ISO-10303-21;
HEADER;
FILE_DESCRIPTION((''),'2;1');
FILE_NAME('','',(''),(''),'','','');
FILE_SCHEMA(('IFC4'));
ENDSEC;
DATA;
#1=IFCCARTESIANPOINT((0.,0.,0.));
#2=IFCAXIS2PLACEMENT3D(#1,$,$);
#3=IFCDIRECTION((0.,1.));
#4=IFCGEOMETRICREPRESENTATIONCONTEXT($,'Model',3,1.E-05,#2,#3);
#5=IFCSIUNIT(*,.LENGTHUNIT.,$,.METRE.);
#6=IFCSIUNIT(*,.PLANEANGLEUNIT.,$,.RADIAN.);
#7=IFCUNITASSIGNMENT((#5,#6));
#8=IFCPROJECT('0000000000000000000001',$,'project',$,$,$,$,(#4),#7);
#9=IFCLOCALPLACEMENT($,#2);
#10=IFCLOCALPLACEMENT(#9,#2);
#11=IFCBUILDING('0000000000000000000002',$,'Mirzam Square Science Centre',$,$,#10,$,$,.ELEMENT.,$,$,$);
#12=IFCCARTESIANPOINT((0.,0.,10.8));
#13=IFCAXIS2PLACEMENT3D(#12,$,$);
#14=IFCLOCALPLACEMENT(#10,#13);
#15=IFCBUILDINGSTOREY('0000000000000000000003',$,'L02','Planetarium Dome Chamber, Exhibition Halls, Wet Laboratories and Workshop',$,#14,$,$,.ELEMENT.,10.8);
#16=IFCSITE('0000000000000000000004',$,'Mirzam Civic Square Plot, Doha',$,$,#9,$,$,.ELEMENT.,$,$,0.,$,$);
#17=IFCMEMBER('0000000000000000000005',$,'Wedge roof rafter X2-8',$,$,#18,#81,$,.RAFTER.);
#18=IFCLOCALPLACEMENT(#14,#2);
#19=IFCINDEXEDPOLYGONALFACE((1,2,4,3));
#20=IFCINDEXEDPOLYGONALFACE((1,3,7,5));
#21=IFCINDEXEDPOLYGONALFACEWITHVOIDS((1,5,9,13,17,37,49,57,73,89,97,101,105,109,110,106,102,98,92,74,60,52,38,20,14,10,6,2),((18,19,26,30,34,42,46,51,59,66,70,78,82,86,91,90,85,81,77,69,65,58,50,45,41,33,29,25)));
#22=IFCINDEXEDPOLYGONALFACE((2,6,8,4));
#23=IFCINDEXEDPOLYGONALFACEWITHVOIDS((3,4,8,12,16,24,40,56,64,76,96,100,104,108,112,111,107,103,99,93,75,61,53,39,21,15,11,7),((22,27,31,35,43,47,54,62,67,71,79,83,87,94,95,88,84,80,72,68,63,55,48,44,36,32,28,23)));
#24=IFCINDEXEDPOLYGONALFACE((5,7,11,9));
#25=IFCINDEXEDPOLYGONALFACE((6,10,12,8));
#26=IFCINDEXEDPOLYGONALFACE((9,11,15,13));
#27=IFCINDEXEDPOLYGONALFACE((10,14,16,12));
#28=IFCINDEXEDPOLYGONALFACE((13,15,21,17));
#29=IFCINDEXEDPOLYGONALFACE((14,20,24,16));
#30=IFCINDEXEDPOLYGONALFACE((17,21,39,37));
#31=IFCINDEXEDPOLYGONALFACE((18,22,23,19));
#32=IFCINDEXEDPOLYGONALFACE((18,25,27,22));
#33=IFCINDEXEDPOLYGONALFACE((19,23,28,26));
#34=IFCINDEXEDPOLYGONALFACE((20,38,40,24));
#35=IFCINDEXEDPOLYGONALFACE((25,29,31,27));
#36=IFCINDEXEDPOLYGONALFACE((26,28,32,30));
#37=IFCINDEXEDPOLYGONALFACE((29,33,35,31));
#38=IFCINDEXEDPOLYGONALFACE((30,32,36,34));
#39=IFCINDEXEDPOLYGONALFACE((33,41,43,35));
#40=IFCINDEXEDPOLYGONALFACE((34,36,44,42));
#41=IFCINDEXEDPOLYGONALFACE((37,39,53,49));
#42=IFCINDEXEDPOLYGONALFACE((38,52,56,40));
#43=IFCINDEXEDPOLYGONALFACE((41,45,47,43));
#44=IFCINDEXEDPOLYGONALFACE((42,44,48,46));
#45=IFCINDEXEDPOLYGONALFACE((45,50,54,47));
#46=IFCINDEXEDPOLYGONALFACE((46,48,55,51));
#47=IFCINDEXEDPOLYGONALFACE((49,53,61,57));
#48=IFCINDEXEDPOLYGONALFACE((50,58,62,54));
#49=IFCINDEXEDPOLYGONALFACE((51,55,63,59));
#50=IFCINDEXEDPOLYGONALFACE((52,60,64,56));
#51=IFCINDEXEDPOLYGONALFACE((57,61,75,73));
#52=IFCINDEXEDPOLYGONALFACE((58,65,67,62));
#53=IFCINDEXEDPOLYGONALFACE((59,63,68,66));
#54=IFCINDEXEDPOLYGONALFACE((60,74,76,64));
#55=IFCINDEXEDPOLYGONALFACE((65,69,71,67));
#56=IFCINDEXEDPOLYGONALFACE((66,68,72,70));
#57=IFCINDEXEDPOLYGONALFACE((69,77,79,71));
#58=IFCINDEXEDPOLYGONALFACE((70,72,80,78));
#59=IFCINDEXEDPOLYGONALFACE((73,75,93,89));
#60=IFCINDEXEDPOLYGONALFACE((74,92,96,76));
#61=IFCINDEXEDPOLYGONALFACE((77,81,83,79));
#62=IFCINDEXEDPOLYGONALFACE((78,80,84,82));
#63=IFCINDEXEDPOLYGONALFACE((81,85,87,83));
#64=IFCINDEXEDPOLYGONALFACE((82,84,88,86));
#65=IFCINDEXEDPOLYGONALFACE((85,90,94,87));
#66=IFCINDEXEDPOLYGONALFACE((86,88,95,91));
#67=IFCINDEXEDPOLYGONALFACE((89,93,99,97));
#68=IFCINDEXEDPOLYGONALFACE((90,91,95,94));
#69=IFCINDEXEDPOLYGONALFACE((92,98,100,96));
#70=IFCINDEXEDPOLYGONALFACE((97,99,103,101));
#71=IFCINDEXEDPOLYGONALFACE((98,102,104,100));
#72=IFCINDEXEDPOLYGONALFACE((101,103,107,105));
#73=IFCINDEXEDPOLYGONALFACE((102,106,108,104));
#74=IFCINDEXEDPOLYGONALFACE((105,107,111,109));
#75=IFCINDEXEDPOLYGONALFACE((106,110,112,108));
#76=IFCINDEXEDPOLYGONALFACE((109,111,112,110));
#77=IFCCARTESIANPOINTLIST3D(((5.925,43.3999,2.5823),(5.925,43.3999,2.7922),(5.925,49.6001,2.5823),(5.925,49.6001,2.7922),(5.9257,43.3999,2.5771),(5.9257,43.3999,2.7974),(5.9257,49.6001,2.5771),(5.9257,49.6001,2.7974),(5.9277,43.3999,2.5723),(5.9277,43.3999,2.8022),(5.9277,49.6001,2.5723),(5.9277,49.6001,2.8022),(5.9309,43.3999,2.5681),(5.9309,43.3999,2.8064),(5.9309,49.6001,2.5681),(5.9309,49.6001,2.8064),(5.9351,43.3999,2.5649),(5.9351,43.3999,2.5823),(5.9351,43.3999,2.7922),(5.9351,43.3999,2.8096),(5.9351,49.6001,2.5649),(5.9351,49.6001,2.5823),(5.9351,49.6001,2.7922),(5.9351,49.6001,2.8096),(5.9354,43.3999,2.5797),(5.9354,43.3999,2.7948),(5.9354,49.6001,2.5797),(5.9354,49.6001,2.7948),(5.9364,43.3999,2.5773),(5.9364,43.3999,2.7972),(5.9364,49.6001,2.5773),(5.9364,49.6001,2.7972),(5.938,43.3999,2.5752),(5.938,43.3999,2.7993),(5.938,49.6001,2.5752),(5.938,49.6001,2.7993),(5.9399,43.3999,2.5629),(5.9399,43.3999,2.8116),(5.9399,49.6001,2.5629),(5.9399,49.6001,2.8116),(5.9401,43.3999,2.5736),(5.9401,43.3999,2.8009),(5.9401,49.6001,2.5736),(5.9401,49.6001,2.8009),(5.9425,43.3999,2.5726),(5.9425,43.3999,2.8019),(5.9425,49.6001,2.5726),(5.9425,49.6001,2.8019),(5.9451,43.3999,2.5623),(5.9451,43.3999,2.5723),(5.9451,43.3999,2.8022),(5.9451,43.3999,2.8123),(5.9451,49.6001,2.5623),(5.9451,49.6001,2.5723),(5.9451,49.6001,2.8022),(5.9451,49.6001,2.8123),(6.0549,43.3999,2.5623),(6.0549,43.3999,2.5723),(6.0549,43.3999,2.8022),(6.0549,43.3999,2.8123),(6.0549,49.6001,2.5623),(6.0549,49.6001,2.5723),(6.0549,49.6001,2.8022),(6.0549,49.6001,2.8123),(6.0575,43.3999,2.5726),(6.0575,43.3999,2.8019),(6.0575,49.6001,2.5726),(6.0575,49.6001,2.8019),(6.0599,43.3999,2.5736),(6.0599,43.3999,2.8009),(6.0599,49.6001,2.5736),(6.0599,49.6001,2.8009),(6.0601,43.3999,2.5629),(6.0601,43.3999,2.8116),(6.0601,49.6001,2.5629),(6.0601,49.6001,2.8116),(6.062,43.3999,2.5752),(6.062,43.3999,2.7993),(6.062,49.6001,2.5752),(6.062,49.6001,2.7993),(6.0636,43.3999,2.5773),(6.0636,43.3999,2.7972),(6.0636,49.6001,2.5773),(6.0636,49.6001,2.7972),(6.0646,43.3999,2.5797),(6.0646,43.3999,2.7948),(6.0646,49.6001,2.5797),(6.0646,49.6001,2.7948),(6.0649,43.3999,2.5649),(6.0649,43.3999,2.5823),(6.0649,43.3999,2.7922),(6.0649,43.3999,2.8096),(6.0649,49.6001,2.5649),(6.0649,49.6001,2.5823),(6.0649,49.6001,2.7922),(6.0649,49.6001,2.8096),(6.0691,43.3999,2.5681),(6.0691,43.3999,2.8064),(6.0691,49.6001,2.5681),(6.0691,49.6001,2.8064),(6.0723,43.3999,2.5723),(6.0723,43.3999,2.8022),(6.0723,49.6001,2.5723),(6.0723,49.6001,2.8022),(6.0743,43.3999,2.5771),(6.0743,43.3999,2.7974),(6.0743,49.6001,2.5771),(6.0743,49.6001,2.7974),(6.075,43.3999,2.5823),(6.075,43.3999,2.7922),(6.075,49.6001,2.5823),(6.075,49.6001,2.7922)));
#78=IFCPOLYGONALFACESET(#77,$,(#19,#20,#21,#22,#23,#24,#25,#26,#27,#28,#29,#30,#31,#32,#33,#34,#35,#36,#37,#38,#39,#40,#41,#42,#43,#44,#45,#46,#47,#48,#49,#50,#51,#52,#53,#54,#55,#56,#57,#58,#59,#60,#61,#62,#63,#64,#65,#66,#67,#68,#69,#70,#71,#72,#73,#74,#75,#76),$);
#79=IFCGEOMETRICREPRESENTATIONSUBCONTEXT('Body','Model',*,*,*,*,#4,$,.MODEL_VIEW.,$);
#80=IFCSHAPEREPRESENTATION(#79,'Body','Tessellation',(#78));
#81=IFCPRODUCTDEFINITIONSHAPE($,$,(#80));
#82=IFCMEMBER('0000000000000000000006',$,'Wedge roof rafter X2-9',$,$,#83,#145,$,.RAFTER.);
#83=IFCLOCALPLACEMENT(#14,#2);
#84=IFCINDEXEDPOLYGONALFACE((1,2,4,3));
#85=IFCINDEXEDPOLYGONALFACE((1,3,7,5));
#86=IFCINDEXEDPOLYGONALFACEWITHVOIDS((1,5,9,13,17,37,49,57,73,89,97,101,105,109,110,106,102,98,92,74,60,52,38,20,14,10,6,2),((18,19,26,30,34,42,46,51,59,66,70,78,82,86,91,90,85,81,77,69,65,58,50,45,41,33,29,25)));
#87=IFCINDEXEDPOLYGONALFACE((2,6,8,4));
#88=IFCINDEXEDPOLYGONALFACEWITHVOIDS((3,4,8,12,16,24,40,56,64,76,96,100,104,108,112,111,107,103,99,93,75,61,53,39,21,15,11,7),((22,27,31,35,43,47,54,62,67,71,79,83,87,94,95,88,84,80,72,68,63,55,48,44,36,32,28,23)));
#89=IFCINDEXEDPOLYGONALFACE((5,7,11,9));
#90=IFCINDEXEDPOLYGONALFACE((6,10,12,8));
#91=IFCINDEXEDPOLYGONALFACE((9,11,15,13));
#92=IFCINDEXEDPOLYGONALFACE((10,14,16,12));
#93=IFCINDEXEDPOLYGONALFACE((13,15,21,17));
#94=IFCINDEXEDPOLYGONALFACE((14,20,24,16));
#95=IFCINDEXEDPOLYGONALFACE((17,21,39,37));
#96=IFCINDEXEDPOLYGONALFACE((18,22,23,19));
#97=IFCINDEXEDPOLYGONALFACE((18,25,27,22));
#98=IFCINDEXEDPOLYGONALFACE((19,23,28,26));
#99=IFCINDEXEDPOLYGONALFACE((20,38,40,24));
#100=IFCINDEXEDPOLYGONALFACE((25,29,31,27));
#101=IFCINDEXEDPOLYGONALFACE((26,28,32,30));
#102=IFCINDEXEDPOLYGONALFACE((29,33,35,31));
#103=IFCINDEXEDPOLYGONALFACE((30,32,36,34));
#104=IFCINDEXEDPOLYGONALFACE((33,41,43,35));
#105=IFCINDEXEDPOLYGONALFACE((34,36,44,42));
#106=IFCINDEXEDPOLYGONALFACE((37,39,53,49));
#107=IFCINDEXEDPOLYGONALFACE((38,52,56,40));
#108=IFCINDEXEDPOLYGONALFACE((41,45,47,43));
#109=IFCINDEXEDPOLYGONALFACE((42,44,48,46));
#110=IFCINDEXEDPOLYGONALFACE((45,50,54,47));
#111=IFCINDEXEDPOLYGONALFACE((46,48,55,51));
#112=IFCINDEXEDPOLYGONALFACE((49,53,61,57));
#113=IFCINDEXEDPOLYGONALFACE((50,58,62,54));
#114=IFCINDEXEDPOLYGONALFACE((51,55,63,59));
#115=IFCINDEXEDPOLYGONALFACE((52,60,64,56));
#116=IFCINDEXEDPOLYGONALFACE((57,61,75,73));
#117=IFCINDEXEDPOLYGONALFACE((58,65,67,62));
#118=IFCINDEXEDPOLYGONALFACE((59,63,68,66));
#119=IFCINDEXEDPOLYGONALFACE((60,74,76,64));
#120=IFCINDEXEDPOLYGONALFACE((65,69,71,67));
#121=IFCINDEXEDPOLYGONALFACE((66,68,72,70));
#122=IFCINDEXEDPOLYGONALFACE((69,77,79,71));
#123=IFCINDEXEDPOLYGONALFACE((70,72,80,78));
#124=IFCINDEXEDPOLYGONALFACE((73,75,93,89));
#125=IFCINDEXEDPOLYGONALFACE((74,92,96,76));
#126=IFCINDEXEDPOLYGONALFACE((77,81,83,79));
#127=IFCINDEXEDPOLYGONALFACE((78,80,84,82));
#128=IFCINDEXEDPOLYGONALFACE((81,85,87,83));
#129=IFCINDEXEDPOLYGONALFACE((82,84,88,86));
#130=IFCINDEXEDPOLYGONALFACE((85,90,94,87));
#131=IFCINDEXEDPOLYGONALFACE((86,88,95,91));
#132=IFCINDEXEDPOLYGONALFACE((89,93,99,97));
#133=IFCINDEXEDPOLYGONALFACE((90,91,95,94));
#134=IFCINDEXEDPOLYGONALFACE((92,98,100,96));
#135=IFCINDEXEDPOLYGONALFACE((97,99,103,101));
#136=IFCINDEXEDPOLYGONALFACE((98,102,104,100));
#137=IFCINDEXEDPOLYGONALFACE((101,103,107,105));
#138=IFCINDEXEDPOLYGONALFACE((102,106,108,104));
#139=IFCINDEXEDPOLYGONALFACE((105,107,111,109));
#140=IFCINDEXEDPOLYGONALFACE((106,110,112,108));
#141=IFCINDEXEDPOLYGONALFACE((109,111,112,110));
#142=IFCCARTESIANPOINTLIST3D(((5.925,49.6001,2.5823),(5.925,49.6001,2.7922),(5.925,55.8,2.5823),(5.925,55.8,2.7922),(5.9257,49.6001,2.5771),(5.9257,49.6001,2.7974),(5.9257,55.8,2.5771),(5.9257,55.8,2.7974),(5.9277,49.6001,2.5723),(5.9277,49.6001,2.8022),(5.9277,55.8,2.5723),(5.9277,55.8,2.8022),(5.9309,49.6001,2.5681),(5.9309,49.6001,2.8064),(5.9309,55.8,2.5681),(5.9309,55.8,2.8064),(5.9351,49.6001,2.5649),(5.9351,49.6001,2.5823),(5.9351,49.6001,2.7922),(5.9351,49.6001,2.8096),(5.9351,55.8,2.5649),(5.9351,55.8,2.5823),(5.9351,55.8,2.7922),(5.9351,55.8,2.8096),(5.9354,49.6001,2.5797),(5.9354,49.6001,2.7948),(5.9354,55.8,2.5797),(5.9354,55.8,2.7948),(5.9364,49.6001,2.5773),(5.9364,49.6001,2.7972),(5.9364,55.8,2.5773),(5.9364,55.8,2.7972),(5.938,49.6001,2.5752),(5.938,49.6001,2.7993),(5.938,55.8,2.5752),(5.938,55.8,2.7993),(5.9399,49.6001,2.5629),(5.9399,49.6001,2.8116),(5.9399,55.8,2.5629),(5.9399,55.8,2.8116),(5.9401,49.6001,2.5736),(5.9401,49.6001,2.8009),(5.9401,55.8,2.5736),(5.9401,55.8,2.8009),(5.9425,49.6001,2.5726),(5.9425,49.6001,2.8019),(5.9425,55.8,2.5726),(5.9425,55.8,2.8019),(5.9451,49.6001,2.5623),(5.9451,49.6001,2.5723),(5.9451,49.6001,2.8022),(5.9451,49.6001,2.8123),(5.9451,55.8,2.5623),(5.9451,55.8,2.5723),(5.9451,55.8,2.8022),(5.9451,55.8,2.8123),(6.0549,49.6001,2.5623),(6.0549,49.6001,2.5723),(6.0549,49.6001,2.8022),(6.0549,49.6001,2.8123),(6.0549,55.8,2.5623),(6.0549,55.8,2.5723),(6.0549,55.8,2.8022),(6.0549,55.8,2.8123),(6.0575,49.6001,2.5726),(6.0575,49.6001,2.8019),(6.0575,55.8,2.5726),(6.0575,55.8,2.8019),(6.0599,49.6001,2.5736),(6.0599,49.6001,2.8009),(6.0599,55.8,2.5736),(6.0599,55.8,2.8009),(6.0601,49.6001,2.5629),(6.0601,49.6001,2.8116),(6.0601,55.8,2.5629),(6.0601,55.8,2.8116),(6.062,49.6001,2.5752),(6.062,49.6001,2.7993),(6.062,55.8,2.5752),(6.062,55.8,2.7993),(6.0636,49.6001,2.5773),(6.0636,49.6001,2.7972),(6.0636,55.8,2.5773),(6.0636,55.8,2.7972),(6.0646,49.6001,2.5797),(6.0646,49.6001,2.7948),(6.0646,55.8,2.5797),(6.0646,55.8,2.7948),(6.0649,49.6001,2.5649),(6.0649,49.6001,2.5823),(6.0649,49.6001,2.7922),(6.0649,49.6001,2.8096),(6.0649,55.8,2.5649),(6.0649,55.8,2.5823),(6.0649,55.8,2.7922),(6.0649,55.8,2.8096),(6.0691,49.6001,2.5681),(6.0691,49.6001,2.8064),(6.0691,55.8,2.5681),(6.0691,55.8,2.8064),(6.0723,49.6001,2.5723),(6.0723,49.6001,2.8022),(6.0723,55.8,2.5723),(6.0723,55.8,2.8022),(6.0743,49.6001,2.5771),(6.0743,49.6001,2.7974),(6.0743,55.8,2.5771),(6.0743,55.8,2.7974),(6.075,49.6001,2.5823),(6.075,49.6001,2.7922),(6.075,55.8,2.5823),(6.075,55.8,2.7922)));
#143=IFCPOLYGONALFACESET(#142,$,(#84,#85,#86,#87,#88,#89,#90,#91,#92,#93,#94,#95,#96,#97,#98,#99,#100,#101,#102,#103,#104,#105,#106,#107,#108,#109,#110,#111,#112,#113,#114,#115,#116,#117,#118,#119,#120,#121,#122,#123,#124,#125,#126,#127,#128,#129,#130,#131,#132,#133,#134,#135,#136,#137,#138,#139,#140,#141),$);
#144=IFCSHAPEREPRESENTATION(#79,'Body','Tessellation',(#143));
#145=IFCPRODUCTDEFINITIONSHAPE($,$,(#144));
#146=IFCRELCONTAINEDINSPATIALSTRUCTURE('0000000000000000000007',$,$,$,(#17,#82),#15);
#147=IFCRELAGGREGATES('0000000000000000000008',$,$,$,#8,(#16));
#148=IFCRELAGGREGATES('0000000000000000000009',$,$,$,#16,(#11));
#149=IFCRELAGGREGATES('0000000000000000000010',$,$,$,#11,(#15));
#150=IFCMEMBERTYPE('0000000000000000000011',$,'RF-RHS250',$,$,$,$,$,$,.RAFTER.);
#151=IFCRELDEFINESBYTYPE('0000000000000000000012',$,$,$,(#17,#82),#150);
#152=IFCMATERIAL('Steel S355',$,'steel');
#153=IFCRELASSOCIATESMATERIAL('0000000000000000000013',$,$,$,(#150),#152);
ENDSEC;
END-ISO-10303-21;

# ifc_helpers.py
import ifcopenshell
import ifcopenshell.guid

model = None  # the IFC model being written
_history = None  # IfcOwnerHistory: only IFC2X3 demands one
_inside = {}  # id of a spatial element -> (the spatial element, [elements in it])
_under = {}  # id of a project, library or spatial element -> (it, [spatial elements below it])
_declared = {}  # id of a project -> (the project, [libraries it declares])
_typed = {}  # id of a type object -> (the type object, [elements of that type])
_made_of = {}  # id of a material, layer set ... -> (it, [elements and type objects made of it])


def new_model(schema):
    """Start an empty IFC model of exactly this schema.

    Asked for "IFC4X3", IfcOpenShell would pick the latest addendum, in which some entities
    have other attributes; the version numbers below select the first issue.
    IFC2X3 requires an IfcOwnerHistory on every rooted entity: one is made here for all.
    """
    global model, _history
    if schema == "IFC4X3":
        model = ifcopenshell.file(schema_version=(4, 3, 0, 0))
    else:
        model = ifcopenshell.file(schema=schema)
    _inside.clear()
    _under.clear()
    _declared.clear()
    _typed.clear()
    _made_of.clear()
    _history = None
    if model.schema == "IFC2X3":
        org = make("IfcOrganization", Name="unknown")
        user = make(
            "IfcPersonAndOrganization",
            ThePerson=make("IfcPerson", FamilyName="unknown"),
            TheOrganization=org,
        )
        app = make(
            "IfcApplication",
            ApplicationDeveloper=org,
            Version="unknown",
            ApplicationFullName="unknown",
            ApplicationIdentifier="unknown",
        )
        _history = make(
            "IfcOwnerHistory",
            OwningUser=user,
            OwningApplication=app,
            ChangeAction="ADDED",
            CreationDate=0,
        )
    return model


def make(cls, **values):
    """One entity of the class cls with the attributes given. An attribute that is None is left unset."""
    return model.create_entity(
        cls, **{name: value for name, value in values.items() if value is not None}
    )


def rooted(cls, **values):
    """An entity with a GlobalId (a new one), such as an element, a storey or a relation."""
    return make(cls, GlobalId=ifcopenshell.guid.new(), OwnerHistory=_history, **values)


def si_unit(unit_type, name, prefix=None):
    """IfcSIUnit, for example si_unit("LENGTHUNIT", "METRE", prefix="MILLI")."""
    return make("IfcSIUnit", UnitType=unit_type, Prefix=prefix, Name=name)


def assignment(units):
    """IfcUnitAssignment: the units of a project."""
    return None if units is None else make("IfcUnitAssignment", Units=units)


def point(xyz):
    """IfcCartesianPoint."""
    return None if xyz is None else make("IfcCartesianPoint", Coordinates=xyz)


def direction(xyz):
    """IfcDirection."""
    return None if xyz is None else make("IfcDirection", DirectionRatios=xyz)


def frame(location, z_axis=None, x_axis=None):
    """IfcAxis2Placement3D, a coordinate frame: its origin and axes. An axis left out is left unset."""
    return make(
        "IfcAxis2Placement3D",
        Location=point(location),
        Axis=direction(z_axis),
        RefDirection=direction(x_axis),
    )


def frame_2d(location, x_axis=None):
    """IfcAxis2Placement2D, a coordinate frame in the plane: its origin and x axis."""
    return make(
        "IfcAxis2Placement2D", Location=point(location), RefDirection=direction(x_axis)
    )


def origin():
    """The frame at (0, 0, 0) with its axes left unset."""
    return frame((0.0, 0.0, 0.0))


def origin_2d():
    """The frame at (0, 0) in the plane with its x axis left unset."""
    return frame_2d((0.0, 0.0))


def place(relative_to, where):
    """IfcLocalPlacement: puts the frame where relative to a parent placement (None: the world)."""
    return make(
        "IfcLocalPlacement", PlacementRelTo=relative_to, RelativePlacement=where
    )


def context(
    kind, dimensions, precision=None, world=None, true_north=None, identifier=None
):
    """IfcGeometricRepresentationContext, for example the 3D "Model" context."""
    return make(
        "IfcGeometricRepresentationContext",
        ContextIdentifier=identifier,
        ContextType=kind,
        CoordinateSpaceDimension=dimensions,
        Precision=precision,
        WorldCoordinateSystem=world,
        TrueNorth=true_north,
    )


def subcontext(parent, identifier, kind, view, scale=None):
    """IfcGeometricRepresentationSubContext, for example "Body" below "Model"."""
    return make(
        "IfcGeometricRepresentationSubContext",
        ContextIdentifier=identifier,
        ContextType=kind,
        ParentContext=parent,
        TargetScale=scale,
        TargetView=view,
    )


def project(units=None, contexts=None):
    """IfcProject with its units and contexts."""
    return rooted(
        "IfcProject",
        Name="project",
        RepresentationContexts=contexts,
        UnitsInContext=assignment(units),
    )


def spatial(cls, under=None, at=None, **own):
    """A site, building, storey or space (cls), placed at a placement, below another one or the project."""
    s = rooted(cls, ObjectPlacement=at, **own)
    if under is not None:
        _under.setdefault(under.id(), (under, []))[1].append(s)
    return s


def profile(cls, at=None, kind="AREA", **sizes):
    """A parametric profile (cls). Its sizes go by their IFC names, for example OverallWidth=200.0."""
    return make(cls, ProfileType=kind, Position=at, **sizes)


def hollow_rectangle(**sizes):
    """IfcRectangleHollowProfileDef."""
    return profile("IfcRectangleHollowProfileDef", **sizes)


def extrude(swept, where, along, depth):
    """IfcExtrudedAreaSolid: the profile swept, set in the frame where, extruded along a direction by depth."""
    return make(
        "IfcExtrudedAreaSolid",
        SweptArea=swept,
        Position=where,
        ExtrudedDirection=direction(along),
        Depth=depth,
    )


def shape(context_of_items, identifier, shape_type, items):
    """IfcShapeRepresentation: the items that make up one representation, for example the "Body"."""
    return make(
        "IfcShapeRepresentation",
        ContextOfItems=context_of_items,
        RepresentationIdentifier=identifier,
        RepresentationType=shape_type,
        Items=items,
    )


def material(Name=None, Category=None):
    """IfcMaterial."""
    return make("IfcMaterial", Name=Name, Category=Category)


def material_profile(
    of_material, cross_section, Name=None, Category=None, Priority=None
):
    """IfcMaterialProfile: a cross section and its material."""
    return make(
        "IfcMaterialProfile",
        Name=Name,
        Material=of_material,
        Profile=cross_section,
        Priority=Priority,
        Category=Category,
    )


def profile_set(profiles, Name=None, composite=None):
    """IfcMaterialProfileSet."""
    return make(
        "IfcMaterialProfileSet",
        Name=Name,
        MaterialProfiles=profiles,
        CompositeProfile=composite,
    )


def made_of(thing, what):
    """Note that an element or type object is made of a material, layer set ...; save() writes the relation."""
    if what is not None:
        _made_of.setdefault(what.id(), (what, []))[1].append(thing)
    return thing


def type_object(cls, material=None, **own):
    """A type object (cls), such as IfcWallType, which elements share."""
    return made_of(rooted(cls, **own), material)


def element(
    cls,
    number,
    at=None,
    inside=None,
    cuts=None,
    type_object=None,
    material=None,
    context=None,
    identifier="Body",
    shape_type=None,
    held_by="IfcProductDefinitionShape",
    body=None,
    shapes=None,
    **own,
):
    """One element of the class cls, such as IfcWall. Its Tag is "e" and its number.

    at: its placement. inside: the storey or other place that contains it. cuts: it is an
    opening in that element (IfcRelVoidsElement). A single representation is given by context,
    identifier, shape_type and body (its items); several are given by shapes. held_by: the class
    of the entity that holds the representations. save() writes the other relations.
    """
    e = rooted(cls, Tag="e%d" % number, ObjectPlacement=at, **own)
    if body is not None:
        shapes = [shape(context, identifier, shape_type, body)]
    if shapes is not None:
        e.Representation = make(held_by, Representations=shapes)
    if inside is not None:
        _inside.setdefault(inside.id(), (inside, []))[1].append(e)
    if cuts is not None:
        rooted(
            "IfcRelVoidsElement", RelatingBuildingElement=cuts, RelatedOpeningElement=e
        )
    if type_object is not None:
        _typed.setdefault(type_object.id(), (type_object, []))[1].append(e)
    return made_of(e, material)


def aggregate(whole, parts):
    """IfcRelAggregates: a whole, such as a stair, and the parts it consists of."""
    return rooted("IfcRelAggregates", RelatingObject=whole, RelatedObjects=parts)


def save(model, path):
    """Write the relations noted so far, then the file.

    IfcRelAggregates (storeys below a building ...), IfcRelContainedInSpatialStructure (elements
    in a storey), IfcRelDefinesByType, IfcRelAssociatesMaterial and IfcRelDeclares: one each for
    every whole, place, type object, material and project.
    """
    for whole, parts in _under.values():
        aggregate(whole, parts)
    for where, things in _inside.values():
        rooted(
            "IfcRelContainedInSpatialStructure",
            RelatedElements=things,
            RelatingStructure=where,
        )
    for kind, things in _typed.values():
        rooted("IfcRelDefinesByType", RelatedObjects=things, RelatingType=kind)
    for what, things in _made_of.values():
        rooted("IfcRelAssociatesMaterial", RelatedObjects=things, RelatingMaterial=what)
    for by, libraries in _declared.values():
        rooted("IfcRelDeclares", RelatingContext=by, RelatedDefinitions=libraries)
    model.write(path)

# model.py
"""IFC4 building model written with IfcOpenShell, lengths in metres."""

from ifc_helpers import new_model, si_unit, direction, frame, origin, origin_2d, place, context, subcontext, project, spatial, hollow_rectangle, extrude, material, material_profile, profile_set, type_object, element, save


model = new_model("IFC4")

# Units and contexts
model_context = context("Model", 3, precision=1e-05, world=origin(), true_north=direction((0.0, 1.0)))
body_context = subcontext(model_context, "Body", "Model", "MODEL_VIEW")
ifc_project = project(units=[si_unit("LENGTHUNIT", "METRE"), si_unit("PLANEANGLEUNIT", "RADIAN")], contexts=[model_context])

# Site, building, storey
site_placement = place(None, origin())
site = spatial("IfcSite", under=ifc_project, at=site_placement, Name="Mirzam Civic Square Plot, Doha", CompositionType="ELEMENT", RefElevation=0.0)
building_placement = place(site_placement, origin())
building = spatial("IfcBuilding", under=site, at=building_placement, Name="Mirzam Square Science Centre", CompositionType="ELEMENT")
storey_placement = place(building_placement, frame((0.0, 0.0, 10.8)))
storey = spatial("IfcBuildingStorey", under=building, at=storey_placement, Name="L02", Description="Planetarium Dome Chamber, Exhibition Halls, Wet Laboratories and Workshop", CompositionType="ELEMENT", Elevation=10.8)

# Shared definitions
ifc_material_1 = material(Name="Steel S355", Category="steel")

# Members
ifc_material_profile_1 = material_profile(ifc_material_1, hollow_rectangle(XDim=0.1499, YDim=0.25, WallThickness=0.01, InnerFilletRadius=0.01, OuterFilletRadius=0.02, at=origin_2d()), Name="250x150x10.0RHS")
ifc_profile_set_1 = profile_set([ifc_material_profile_1], Name="Steel S355")
member_type_1 = type_object("IfcMemberType", Name="RF-RHS250", PredefinedType="RAFTER", material=ifc_profile_set_1)
member_1_placement = place(storey_placement, frame((6.0, 43.3999, 2.6873), z_axis=(0.0, 1.0, 0.0), x_axis=(-1.0, 0.0, 0.0)))
element("IfcMember", 1, at=member_1_placement, inside=storey, type_object=member_type_1, Name="Wedge roof rafter X2-8", PredefinedType="RAFTER", context=body_context, shape_type="SweptSolid", body=[
    extrude(hollow_rectangle(XDim=0.1499, YDim=0.25, WallThickness=0.01, InnerFilletRadius=0.01, OuterFilletRadius=0.02, at=origin_2d()), origin(), (0.0, 0.0, 1.0), 6.2002),
])
for number, where, z_axis, x_axis, name in (
    (2, (6.0, 49.6001, 2.6873), (0.0, 1.0, 0.0), (-1.0, 0.0, 0.0), "Wedge roof rafter X2-9"),
):
    element("IfcMember", number, at=place(storey_placement, frame(where, z_axis=z_axis, x_axis=x_axis)), inside=storey, type_object=member_type_1, Name=name, PredefinedType="RAFTER", context=body_context, shape_type="SweptSolid", body=[
        extrude(hollow_rectangle(XDim=0.1499, YDim=0.25, WallThickness=0.01, InnerFilletRadius=0.01, OuterFilletRadius=0.02, at=origin_2d()), origin(), (0.0, 0.0, 1.0), 6.2),
    ])

save(model, "model.ifc")
